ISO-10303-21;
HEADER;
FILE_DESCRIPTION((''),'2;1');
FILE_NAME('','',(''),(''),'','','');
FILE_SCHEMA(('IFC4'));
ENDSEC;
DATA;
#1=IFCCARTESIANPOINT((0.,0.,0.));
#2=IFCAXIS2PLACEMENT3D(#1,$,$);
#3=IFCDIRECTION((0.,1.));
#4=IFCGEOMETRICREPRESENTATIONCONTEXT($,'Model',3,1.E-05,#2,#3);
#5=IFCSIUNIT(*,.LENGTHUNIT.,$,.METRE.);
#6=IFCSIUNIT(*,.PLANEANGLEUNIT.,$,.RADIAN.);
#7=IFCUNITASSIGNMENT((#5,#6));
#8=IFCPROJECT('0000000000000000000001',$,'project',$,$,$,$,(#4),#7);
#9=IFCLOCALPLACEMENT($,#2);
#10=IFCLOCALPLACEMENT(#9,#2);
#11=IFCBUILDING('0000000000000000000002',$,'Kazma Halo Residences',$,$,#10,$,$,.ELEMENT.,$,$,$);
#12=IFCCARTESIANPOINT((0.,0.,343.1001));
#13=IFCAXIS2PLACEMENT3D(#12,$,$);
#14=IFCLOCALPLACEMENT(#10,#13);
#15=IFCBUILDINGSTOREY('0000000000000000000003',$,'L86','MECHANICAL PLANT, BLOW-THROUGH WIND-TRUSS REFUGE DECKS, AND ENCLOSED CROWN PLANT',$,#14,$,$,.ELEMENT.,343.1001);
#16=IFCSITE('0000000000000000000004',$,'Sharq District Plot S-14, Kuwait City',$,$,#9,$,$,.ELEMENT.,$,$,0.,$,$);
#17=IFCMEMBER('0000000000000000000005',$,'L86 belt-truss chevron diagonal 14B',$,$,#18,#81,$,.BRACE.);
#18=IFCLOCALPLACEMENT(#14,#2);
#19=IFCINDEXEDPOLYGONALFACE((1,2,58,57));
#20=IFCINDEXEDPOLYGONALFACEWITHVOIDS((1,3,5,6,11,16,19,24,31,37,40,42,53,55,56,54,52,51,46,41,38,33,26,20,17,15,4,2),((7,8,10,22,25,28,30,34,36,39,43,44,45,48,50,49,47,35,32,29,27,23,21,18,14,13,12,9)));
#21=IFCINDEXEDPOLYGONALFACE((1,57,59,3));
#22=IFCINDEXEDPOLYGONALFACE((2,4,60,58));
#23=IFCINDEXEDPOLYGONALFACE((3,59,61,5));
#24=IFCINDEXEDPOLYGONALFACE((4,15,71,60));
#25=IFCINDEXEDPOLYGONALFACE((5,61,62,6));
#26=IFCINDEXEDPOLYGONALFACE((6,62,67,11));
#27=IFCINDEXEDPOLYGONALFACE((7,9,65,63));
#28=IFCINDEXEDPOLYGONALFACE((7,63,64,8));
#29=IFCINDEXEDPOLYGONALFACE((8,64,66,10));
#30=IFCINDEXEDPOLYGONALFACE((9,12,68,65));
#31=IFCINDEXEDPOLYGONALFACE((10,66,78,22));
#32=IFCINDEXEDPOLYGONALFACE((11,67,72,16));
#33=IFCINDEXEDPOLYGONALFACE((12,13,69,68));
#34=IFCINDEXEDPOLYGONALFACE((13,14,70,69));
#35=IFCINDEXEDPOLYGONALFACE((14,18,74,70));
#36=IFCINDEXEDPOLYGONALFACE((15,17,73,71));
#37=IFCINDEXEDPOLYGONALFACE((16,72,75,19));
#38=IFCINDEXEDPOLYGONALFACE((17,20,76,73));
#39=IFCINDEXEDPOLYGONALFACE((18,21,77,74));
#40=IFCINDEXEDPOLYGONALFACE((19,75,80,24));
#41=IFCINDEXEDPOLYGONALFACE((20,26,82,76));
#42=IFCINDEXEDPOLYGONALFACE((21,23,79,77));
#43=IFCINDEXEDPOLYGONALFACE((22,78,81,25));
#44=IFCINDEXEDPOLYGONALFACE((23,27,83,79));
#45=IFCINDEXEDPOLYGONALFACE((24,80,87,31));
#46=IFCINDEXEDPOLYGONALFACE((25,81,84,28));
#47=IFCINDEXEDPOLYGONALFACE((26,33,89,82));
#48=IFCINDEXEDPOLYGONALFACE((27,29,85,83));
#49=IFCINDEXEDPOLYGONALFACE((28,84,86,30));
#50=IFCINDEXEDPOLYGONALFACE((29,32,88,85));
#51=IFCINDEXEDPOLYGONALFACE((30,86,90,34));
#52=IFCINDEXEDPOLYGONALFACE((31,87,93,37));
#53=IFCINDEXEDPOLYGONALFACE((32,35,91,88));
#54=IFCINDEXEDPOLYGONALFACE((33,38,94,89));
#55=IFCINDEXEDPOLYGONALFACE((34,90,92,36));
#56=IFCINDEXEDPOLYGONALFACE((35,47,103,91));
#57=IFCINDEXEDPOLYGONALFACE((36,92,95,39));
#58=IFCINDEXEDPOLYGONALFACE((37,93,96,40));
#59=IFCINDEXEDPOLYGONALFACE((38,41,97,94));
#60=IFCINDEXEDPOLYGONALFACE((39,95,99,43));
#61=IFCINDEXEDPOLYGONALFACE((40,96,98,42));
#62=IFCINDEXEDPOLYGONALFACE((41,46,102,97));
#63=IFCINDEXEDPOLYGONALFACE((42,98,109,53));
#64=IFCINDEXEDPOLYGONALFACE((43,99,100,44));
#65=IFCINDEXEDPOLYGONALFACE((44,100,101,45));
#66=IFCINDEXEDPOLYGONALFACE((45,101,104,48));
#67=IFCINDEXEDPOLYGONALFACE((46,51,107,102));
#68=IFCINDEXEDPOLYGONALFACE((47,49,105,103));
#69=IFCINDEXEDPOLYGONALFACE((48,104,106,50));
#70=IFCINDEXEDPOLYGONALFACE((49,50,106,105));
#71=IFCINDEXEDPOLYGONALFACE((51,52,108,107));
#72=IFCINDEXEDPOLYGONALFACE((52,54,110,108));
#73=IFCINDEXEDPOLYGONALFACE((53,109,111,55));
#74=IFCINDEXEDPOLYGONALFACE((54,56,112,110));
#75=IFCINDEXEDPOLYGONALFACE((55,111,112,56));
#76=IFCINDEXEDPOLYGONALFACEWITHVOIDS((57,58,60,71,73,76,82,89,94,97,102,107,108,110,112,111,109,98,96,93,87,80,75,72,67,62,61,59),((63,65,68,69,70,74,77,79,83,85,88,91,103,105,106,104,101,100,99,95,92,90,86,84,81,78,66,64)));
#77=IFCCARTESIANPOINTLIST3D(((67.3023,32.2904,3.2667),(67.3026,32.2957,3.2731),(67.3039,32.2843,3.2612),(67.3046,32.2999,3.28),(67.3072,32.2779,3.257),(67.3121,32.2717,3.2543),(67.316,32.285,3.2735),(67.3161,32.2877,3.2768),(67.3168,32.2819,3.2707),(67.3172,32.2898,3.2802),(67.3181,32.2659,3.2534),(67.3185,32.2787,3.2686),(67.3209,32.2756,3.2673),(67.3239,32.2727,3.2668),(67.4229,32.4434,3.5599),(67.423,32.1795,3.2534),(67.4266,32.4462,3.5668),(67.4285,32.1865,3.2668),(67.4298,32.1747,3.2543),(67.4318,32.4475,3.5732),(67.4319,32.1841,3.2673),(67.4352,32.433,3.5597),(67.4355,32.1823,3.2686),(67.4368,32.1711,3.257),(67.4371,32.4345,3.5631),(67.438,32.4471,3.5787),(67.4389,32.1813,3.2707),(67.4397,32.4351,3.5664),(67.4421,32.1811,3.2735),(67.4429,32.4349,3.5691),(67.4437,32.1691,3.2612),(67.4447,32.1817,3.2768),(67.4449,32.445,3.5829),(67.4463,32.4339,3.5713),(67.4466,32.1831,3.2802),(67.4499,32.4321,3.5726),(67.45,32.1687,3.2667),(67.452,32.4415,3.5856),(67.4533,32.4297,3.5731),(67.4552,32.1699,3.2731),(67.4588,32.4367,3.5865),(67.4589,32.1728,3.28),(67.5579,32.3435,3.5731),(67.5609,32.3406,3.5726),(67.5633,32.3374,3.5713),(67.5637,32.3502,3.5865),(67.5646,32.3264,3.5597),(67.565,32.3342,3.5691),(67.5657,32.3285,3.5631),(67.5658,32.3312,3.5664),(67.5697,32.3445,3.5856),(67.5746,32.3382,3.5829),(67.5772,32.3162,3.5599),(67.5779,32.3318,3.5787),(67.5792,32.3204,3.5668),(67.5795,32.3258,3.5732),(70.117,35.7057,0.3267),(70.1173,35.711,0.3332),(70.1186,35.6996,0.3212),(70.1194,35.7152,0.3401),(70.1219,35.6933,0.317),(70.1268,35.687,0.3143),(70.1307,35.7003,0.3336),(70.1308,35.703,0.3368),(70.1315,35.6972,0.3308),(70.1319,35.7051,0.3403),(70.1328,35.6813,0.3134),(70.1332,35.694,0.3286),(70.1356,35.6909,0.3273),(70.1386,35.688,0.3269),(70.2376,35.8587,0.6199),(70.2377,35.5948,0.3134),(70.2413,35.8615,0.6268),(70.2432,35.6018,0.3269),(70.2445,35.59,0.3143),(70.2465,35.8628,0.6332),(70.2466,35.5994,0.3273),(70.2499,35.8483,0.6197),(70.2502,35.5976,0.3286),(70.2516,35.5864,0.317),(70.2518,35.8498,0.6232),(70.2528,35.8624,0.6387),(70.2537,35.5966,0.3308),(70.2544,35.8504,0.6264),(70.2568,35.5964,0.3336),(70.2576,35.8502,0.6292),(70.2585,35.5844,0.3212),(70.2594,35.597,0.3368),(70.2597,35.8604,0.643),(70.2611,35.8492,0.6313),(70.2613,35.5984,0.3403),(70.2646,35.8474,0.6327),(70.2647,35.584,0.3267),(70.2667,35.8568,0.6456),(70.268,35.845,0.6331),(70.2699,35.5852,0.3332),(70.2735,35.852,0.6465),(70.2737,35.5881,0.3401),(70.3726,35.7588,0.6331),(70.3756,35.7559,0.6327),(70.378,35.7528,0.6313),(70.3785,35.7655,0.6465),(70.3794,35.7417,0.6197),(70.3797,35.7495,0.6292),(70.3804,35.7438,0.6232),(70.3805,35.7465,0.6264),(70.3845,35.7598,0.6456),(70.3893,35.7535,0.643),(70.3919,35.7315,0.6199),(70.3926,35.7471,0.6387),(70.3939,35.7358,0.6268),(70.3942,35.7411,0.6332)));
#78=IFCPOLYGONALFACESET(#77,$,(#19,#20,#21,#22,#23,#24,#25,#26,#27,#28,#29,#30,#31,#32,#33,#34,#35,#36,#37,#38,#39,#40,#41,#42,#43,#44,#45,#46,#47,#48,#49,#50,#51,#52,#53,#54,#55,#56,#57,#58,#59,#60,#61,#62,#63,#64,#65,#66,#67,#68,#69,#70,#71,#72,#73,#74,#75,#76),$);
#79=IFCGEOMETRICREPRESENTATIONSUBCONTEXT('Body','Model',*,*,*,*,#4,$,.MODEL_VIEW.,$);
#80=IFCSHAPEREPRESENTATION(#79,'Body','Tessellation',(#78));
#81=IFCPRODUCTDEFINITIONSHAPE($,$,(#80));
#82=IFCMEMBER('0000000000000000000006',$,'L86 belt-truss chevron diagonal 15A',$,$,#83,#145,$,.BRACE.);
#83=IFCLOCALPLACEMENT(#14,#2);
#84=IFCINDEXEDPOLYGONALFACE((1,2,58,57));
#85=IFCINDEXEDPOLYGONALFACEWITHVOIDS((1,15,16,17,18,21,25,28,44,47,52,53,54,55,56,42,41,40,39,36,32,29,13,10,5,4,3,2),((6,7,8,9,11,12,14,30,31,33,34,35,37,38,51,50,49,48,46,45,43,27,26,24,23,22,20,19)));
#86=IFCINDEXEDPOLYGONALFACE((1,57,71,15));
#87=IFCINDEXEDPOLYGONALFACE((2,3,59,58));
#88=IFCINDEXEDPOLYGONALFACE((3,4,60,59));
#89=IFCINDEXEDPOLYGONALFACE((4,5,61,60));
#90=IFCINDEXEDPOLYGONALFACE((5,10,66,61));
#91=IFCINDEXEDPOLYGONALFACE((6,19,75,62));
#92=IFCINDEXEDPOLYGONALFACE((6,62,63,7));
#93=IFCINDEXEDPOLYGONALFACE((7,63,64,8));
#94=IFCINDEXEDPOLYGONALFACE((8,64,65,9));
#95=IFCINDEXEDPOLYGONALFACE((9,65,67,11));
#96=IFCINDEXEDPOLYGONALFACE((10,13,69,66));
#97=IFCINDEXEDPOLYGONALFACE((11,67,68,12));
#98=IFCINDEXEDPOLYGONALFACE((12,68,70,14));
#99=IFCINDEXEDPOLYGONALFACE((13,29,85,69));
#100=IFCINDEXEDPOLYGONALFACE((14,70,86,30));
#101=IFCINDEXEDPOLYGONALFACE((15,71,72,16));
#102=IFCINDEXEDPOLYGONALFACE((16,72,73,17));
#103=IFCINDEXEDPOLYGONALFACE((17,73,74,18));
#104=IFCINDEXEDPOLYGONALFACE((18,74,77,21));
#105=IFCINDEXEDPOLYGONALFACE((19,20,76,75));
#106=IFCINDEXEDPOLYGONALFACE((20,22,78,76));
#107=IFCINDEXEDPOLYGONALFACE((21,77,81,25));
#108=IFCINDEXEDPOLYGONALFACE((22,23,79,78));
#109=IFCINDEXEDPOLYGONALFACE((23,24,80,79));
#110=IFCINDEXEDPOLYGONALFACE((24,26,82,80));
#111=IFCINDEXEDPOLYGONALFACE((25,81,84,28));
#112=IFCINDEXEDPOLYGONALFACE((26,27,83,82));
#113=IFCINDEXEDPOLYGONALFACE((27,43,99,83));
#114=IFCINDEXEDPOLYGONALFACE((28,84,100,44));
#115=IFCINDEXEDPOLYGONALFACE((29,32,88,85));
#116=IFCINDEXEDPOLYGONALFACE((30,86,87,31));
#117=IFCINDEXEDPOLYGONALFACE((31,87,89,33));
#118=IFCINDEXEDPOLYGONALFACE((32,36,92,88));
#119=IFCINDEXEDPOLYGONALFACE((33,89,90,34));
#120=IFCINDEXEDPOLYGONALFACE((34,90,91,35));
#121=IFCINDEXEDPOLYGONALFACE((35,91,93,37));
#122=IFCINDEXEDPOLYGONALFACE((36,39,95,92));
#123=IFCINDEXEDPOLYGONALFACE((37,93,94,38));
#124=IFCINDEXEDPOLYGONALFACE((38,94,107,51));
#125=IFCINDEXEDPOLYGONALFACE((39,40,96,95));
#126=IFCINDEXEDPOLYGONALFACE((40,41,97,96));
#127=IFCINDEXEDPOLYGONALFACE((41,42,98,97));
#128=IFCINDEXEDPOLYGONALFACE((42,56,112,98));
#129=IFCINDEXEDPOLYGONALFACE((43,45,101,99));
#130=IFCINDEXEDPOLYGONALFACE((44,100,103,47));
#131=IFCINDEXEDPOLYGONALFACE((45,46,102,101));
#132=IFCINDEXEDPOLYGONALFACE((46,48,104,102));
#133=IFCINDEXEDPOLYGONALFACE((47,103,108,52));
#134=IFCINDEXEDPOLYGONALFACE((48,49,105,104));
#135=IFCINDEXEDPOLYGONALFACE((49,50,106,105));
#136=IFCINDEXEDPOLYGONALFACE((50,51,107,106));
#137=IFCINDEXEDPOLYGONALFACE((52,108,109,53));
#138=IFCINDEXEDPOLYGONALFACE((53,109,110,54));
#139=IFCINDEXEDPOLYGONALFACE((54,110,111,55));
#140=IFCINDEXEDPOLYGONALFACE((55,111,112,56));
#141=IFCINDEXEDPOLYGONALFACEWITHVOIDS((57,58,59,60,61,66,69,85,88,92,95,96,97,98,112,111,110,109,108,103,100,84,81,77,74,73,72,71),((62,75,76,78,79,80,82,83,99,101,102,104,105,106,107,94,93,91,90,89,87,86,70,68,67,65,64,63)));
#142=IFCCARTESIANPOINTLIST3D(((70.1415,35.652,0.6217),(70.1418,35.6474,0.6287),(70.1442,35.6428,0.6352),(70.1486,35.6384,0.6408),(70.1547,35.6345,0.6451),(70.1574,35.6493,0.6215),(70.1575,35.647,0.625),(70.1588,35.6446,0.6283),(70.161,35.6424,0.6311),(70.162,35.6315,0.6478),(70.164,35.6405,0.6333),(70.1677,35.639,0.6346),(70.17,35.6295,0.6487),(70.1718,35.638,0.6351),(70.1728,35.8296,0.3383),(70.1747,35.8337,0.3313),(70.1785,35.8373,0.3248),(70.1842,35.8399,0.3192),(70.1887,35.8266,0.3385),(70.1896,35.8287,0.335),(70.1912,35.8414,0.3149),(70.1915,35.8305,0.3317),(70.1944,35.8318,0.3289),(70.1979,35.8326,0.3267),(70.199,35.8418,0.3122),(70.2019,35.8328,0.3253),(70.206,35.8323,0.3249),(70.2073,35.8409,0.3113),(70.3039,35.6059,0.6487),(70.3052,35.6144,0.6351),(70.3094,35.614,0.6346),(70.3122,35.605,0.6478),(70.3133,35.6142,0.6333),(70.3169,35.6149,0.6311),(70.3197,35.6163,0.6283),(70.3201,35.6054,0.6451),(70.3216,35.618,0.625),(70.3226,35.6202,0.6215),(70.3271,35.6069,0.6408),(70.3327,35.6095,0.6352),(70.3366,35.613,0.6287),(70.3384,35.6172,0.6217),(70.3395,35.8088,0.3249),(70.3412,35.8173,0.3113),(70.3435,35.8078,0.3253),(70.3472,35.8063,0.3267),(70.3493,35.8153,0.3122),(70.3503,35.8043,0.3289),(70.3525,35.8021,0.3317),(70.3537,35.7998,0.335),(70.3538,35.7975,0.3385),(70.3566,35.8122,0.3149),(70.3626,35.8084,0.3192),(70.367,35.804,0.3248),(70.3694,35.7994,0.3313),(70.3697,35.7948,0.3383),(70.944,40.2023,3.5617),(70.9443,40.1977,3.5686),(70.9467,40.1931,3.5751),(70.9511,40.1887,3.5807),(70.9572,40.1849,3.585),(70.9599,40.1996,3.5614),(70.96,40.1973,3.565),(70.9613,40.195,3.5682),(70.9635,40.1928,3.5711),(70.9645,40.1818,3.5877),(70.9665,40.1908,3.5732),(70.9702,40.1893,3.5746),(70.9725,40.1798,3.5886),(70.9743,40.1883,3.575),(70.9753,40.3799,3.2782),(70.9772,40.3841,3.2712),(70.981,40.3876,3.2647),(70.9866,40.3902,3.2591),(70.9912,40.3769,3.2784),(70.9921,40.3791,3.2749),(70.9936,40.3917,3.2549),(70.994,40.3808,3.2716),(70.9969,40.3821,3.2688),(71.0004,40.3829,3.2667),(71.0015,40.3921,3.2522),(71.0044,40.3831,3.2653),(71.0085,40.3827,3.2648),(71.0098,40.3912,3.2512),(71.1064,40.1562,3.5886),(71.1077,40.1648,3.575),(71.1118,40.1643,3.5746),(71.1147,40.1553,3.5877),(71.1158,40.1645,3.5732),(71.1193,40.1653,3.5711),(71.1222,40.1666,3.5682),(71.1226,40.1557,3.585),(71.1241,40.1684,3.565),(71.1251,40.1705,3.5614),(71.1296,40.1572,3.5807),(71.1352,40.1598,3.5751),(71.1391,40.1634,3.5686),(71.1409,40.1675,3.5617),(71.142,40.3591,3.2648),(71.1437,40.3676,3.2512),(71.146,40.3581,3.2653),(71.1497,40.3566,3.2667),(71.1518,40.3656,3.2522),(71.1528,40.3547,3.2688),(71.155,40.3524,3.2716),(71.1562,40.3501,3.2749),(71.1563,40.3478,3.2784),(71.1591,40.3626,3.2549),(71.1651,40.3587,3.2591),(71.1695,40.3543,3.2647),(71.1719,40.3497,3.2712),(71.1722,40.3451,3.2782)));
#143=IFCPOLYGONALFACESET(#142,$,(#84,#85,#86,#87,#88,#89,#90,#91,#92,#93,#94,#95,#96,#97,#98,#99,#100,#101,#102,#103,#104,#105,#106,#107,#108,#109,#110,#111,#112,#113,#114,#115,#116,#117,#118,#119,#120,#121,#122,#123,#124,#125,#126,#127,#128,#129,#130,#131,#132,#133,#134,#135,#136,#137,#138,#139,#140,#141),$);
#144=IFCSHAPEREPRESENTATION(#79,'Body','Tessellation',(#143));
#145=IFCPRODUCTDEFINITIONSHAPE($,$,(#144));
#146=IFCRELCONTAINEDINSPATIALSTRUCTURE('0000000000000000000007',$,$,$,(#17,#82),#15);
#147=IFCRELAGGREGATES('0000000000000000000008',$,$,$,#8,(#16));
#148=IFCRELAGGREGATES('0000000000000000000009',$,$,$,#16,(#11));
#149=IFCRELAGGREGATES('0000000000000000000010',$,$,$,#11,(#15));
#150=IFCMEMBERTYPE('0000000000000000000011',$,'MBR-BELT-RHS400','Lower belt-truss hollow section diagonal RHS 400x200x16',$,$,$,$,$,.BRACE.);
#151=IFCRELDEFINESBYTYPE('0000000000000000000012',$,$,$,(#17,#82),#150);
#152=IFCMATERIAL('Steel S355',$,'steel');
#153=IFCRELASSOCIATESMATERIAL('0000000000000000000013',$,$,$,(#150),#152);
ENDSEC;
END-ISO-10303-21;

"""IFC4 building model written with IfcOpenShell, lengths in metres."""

from ifc_helpers import new_model, si_unit, direction, frame, origin, origin_2d, place, context, subcontext, project, spatial, hollow_rectangle, extrude, material, material_profile, profile_set, type_object, element, save


model = new_model("IFC4")

# Units and contexts
model_context = context("Model", 3, precision=1e-05, world=origin(), true_north=direction((0.0, 1.0)))
body_context = subcontext(model_context, "Body", "Model", "MODEL_VIEW")
ifc_project = project(units=[si_unit("LENGTHUNIT", "METRE"), si_unit("PLANEANGLEUNIT", "RADIAN")], contexts=[model_context])

# Site, building, storey
site_placement = place(None, origin())
site = spatial("IfcSite", under=ifc_project, at=site_placement, Name="Sharq District Plot S-14, Kuwait City", CompositionType="ELEMENT", RefElevation=0.0)
building_placement = place(site_placement, origin())
building = spatial("IfcBuilding", under=site, at=building_placement, Name="Kazma Halo Residences", CompositionType="ELEMENT")
storey_placement = place(building_placement, frame((0.0, 0.0, 343.1001)))
storey = spatial("IfcBuildingStorey", under=building, at=storey_placement, Name="L86", Description="MECHANICAL PLANT, BLOW-THROUGH WIND-TRUSS REFUGE DECKS, AND ENCLOSED CROWN PLANT", CompositionType="ELEMENT", Elevation=343.1001)

# Shared definitions
ifc_material_1 = material(Name="Steel S355", Category="steel")

# Members
ifc_material_profile_1 = material_profile(ifc_material_1, hollow_rectangle(XDim=0.2, YDim=0.3999, WallThickness=0.0161, InnerFilletRadius=0.0161, OuterFilletRadius=0.032, at=origin_2d()), Name="RHS400x200x16")
ifc_profile_set_1 = profile_set([ifc_material_profile_1], Name="Steel S355")
member_type_1 = type_object("IfcMemberType", Name="MBR-BELT-RHS400", Description="Lower belt-truss hollow section diagonal RHS 400x200x16", PredefinedType="BRACE", material=ifc_profile_set_1)
member_1_placement = place(storey_placement, frame((70.2556, 35.7234, 0.48), z_axis=(-0.529757, -0.642794, 0.553329), x_axis=(0.771696, -0.635991, 0.0)))
element("IfcMember", 1, at=member_1_placement, inside=storey, type_object=member_type_1, Name="L86 belt-truss chevron diagonal 14B", PredefinedType="BRACE", context=body_context, shape_type="SweptSolid", body=[
    extrude(hollow_rectangle(XDim=0.2, YDim=0.3999, WallThickness=0.0161, InnerFilletRadius=0.0161, OuterFilletRadius=0.032, at=origin_2d()), origin(), (0.0, 0.0, 1.0), 5.3132),
])
member_2_placement = place(storey_placement, frame((70.2556, 35.7234, 0.48), z_axis=(0.146533, 0.830871, 0.536825), x_axis=(-0.984802, 0.17368, 0.0)))
element("IfcMember", 2, at=member_2_placement, inside=storey, type_object=member_type_1, Name="L86 belt-truss chevron diagonal 15A", PredefinedType="BRACE", context=body_context, shape_type="SweptSolid", body=[
    extrude(hollow_rectangle(XDim=0.2, YDim=0.3999, WallThickness=0.0161, InnerFilletRadius=0.0161, OuterFilletRadius=0.032, at=origin_2d()), origin(), (0.0, 0.0, 1.0), 5.4766),
])

save(model, "model.ifc")
